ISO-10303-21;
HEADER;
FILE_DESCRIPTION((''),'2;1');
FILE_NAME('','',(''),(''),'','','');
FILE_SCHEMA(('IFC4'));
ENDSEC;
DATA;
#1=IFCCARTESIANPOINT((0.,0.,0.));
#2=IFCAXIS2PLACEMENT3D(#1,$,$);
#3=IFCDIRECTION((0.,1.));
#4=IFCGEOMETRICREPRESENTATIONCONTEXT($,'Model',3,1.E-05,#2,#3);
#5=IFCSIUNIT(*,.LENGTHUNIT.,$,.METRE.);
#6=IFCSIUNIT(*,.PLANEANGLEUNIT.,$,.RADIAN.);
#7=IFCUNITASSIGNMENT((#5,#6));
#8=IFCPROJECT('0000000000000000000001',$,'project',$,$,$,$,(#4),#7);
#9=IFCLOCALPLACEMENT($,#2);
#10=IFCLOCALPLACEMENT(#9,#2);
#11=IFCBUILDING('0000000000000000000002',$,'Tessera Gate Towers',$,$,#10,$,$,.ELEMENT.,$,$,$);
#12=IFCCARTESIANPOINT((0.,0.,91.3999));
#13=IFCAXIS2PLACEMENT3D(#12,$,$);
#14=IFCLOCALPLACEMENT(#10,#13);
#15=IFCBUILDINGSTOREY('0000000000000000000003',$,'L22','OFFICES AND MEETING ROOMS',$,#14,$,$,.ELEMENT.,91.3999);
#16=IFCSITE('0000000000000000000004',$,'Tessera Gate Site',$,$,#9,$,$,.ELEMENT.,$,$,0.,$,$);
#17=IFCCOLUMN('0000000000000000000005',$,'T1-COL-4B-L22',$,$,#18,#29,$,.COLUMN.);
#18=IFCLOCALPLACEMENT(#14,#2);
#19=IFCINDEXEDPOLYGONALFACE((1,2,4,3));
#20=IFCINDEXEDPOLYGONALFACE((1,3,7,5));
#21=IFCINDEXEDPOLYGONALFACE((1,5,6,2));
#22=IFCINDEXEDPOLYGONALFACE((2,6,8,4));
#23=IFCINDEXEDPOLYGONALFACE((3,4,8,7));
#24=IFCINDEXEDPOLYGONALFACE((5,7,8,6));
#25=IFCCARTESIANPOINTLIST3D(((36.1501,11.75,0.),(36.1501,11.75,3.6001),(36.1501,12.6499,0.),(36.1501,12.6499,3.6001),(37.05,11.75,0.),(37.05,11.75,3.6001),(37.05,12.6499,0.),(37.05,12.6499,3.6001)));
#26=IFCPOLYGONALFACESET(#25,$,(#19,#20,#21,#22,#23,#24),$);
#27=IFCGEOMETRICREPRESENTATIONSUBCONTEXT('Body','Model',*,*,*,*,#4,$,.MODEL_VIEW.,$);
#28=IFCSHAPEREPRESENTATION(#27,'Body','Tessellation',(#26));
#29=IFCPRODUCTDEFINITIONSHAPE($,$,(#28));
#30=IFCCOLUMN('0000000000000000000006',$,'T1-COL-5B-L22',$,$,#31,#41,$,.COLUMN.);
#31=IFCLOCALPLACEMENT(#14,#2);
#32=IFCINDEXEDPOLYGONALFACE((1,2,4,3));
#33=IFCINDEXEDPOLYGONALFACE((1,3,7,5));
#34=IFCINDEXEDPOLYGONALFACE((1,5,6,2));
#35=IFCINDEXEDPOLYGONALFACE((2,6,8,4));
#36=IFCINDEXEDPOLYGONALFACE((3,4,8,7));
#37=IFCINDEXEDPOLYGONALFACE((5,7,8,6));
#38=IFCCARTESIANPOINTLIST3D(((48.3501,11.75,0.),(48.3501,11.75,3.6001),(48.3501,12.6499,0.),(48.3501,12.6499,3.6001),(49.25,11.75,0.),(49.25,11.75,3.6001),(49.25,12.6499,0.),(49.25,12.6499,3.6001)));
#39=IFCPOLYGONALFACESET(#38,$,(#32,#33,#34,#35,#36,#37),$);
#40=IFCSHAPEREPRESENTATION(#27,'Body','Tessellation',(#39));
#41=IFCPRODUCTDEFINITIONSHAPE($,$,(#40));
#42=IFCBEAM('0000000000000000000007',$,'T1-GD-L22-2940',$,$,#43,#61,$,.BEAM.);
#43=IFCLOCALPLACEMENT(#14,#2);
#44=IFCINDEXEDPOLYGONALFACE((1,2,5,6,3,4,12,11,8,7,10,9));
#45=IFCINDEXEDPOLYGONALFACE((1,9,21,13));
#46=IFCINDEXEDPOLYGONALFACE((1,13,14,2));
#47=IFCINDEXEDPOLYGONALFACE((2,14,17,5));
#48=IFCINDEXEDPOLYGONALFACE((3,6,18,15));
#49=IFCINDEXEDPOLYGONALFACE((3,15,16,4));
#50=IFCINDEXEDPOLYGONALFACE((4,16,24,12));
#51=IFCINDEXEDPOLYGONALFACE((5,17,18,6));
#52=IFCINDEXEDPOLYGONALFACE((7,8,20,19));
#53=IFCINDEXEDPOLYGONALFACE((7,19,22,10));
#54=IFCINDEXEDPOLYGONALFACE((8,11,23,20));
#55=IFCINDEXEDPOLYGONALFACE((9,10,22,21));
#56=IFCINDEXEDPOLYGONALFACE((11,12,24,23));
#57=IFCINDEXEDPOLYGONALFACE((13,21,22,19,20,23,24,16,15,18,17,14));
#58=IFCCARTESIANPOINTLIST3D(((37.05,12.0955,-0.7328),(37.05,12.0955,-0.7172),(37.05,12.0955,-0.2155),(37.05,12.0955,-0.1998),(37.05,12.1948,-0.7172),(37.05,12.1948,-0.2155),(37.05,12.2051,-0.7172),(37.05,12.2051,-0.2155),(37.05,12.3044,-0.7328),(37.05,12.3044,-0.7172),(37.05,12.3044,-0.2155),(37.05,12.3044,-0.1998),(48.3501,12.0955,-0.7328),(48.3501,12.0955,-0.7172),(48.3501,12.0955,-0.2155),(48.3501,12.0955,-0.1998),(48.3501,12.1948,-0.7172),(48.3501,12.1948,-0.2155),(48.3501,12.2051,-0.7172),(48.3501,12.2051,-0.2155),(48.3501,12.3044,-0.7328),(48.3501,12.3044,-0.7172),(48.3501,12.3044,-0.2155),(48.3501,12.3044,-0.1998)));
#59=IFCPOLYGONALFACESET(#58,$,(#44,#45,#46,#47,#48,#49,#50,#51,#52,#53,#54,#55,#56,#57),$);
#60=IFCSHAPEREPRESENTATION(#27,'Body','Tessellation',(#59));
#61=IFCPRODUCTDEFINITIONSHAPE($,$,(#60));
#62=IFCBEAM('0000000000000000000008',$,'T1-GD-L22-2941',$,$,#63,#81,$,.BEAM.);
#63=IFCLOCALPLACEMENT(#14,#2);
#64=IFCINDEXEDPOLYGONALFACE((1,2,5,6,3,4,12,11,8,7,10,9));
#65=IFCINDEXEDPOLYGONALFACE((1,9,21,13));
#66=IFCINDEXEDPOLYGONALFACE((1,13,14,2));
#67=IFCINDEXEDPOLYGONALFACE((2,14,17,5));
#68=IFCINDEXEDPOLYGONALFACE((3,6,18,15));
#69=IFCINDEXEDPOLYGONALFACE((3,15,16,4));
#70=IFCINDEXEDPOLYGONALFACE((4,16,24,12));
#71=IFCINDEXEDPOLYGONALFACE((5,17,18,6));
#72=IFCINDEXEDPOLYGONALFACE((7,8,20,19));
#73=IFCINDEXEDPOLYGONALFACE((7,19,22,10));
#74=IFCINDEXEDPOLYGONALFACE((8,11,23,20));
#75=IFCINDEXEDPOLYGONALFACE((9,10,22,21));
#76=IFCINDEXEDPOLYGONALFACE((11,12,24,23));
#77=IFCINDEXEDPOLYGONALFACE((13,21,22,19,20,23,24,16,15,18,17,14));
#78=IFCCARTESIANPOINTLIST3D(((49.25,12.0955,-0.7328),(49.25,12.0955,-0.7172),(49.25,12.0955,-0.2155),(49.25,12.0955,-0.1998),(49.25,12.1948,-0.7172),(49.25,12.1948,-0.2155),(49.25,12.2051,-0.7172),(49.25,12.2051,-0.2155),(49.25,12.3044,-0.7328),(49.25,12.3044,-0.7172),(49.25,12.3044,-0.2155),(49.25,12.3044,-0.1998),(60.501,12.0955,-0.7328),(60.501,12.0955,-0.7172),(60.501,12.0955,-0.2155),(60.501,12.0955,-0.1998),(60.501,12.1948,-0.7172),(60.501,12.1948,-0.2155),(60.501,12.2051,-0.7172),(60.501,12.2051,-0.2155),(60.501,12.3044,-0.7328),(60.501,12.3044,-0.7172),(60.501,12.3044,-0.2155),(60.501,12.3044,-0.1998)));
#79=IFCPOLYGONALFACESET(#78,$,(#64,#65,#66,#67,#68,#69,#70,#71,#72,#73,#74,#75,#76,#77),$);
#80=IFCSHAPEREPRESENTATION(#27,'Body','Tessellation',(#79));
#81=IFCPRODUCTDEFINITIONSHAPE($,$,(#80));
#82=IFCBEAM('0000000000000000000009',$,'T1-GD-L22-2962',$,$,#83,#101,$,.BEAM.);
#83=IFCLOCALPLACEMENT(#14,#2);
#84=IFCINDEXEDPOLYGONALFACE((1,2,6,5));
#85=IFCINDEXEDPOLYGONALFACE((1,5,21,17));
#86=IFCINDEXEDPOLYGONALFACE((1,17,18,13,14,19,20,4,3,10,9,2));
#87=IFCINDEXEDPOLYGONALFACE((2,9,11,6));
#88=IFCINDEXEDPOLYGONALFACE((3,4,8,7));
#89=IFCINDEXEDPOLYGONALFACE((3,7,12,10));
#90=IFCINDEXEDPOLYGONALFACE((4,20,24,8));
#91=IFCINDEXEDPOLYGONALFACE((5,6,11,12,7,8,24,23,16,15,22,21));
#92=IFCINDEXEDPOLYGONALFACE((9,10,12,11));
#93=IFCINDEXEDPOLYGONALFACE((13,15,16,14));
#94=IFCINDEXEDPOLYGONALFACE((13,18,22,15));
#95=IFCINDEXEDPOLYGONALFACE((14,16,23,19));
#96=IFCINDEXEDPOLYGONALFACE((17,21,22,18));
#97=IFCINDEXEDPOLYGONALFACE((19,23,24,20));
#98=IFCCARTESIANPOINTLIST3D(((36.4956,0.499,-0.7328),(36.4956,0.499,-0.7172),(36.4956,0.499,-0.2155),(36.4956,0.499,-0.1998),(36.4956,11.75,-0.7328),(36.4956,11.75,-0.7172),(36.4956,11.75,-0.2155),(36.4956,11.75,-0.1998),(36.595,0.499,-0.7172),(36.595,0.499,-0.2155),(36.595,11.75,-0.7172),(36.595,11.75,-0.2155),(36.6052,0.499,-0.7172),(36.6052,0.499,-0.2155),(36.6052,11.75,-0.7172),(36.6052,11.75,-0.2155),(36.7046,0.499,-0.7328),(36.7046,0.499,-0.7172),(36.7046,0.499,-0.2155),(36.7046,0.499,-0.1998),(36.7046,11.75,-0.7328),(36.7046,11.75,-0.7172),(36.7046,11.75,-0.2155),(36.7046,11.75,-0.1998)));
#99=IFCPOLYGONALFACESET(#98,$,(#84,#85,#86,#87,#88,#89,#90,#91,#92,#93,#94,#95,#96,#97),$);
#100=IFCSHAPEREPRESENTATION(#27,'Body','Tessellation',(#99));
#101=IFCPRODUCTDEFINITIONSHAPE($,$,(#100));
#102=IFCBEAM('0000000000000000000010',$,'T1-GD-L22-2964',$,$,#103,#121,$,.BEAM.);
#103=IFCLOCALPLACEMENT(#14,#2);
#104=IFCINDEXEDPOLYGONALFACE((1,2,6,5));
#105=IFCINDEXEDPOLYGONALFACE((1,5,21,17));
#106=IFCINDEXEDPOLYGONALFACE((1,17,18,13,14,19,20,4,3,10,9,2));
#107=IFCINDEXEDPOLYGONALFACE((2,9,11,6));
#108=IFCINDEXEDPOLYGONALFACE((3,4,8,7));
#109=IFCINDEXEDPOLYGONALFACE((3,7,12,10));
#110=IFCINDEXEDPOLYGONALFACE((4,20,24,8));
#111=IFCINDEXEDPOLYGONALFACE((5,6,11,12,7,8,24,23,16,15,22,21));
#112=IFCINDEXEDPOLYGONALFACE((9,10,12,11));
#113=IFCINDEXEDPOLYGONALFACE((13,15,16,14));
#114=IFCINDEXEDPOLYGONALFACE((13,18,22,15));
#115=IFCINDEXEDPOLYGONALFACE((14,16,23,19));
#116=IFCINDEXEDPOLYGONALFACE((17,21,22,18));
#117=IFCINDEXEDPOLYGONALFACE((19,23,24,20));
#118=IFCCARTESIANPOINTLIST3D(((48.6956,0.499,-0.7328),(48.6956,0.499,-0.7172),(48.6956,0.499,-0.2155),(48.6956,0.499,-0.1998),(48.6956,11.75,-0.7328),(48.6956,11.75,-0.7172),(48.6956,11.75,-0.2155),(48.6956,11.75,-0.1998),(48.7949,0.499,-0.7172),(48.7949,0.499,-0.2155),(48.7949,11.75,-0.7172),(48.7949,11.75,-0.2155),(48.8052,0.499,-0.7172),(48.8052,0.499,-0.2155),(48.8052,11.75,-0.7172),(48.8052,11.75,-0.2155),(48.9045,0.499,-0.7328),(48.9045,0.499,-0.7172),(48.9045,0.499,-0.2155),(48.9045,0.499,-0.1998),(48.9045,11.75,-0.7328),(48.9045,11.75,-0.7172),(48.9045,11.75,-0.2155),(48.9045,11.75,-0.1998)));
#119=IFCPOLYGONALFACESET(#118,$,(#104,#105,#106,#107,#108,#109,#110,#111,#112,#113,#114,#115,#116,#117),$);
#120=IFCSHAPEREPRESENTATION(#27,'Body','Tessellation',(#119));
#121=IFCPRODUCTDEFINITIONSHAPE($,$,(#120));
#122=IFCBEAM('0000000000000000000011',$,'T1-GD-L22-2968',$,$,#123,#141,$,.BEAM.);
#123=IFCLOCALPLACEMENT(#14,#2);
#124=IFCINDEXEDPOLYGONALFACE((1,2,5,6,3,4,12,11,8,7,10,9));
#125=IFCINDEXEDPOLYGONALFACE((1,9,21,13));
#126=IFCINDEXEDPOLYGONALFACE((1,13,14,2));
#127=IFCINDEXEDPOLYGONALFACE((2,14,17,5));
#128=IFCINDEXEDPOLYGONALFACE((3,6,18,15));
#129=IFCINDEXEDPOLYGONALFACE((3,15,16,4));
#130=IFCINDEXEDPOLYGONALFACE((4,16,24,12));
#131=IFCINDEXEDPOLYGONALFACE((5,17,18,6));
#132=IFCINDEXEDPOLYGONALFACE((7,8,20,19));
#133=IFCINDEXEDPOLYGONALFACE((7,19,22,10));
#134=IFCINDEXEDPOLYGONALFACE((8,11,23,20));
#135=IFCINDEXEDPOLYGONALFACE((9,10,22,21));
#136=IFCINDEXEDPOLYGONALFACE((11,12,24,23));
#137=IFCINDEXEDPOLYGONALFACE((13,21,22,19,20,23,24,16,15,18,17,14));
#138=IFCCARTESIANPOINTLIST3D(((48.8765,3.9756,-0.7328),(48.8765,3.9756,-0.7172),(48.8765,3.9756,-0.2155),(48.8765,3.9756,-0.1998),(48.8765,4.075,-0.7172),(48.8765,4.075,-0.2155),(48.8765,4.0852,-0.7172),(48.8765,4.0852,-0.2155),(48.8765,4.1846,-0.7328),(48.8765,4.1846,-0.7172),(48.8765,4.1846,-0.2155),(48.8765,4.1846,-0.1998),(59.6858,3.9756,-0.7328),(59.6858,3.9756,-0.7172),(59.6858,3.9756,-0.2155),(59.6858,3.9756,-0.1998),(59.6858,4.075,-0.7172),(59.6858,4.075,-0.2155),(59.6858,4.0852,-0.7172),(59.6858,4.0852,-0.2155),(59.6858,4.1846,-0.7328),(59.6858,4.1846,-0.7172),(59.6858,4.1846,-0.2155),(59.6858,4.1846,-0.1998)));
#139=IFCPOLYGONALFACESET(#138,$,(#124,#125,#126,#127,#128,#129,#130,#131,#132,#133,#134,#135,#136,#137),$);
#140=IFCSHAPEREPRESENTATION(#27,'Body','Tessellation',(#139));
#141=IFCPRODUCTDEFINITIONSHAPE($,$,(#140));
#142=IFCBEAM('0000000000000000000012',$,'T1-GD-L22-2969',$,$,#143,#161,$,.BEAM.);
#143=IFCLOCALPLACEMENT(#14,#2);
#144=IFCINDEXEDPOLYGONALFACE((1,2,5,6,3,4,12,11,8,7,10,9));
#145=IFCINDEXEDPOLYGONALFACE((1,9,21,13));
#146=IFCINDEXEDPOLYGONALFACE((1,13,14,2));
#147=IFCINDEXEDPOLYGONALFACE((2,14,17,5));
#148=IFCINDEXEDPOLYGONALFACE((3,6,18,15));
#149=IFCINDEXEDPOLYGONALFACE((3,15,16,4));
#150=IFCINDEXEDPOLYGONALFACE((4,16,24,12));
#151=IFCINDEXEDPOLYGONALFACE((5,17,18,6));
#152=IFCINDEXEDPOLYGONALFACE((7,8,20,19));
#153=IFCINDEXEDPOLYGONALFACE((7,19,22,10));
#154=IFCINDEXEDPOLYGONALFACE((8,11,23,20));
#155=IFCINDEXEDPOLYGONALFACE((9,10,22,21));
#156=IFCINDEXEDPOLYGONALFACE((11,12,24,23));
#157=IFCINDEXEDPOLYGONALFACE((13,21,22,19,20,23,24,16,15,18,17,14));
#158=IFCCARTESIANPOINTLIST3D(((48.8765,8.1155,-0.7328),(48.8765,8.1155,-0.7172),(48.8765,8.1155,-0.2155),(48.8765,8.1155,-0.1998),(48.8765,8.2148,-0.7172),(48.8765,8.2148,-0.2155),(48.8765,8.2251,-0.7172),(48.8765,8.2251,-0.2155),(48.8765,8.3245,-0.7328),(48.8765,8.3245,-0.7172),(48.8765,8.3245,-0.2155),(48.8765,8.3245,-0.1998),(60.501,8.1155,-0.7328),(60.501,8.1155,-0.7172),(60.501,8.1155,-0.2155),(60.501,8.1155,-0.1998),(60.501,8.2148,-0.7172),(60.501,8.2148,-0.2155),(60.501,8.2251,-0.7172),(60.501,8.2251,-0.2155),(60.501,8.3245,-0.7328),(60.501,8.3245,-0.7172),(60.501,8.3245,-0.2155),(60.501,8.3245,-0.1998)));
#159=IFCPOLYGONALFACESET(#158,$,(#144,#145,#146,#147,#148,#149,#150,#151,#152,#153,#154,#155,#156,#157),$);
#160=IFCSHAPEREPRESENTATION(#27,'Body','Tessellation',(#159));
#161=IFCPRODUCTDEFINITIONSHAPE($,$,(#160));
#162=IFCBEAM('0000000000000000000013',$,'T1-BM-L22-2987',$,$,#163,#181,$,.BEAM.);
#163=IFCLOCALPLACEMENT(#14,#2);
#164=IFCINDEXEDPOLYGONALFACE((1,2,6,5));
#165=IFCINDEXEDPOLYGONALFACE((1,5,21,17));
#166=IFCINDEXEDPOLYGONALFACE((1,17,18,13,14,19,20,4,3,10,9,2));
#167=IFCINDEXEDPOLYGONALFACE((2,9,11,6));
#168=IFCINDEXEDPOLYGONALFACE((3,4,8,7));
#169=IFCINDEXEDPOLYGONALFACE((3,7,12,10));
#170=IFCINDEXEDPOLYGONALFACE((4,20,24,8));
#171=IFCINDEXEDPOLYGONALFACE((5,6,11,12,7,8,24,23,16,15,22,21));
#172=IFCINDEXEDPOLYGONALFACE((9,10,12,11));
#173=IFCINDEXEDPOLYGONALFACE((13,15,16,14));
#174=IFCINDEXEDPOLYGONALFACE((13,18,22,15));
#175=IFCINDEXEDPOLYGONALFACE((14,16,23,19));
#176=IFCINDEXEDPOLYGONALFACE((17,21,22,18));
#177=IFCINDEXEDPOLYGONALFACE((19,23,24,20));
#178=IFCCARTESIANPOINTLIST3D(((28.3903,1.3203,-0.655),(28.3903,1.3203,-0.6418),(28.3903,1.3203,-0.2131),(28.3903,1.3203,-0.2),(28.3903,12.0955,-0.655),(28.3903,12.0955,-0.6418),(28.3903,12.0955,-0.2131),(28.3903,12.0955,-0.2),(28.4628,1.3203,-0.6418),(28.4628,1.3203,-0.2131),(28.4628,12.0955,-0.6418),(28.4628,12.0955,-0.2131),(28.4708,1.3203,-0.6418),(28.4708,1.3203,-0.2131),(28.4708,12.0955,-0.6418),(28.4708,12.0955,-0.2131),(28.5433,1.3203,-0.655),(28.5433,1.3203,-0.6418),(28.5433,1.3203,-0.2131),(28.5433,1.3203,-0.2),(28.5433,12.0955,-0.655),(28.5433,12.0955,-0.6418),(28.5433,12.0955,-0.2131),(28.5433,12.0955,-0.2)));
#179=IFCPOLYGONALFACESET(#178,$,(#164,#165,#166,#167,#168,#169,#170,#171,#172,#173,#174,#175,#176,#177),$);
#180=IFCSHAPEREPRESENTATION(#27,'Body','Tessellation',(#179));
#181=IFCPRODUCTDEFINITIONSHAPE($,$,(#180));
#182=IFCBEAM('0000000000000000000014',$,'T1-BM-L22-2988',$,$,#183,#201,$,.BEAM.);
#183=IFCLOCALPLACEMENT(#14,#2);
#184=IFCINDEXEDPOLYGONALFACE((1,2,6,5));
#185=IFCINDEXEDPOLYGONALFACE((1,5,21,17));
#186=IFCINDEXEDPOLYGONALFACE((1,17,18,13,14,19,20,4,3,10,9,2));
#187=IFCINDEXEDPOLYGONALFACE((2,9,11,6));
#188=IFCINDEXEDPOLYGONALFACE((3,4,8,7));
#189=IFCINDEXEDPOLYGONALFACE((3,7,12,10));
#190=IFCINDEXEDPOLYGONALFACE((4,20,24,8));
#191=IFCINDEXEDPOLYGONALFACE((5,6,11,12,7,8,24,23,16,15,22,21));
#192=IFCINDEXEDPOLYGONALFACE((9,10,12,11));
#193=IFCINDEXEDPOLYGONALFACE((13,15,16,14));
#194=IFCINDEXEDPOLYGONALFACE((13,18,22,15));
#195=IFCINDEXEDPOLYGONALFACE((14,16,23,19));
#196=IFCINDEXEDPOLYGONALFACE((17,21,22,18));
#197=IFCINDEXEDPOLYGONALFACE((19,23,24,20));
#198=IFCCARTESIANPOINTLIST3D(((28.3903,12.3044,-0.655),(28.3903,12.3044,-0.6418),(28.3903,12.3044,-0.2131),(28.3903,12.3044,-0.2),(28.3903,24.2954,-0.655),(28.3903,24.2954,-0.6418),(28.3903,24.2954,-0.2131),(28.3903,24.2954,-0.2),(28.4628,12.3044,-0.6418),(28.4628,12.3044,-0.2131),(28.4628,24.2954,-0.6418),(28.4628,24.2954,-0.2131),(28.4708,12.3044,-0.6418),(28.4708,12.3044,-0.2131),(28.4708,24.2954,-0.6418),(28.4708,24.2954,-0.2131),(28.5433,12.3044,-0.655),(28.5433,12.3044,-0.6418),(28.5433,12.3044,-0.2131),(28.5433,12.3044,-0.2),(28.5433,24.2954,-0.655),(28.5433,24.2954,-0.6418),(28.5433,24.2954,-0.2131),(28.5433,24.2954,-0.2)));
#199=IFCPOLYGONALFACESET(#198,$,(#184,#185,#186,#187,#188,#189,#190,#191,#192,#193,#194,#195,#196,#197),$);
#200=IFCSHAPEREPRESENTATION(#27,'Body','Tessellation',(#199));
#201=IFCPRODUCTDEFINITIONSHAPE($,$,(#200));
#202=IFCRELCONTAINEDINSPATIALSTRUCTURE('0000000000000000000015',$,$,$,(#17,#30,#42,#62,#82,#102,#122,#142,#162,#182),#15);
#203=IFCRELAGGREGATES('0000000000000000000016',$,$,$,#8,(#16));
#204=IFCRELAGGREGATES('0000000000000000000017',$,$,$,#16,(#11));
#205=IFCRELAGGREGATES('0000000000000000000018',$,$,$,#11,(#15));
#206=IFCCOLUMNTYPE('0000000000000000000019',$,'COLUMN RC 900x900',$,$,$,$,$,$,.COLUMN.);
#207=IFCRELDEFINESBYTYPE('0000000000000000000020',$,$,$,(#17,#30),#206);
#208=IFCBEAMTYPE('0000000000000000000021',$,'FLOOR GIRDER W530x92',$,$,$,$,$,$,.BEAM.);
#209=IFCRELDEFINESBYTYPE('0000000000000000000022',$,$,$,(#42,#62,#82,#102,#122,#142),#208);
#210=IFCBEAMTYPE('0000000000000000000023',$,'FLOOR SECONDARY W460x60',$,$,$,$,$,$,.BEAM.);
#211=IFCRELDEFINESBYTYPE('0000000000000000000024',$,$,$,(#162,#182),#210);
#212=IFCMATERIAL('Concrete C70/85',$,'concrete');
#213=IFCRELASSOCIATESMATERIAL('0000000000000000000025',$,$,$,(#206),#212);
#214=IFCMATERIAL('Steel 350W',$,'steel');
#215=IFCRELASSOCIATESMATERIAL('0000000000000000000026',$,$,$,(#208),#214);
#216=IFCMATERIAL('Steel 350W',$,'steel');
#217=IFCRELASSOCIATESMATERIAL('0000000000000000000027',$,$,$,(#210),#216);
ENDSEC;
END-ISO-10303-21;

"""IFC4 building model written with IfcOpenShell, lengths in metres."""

from ifc_helpers import new_model, si_unit, direction, frame, origin, origin_2d, place, context, subcontext, project, spatial, rectangle, i_section, extrude, material, material_profile, profile_set, type_object, element, save


model = new_model("IFC4")

# Units and contexts
model_context = context("Model", 3, precision=1e-05, world=origin(), true_north=direction((0.0, 1.0)))
body_context = subcontext(model_context, "Body", "Model", "MODEL_VIEW")
ifc_project = project(units=[si_unit("LENGTHUNIT", "METRE"), si_unit("PLANEANGLEUNIT", "RADIAN")], contexts=[model_context])

# Site, building, storey
site_placement = place(None, origin())
site = spatial("IfcSite", under=ifc_project, at=site_placement, Name="Tessera Gate Site", CompositionType="ELEMENT", RefElevation=0.0)
building_placement = place(site_placement, origin())
building = spatial("IfcBuilding", under=site, at=building_placement, Name="Tessera Gate Towers", CompositionType="ELEMENT")
storey_placement = place(building_placement, frame((0.0, 0.0, 91.3999)))
storey = spatial("IfcBuildingStorey", under=building, at=storey_placement, Name="L22", Description="OFFICES AND MEETING ROOMS", CompositionType="ELEMENT", Elevation=91.3999)

# Columns
ifc_material_1 = material(Name="Concrete C70/85", Category="concrete")
ifc_material_profile_1 = material_profile(ifc_material_1, rectangle(XDim=0.8999, YDim=0.8999, at=origin_2d()), Name="RC 900x900")
ifc_profile_set_1 = profile_set([ifc_material_profile_1], Name="Concrete C70/85")
column_type = type_object("IfcColumnType", Name="COLUMN RC 900x900", PredefinedType="COLUMN", material=ifc_profile_set_1)
for number, where, z_axis, x_axis, name in (
    (1, (36.6001, 12.2, 0.0), (0.0, 0.0, 1.0), (1.0, 0.0, 0.0), "T1-COL-4B-L22"),
    (2, (48.8, 12.2, 0.0), (0.0, 0.0, 1.0), (1.0, 0.0, 0.0), "T1-COL-5B-L22"),
):
    element("IfcColumn", number, at=place(storey_placement, frame(where, z_axis=z_axis, x_axis=x_axis)), inside=storey, type_object=column_type, Name=name, PredefinedType="COLUMN", context=body_context, shape_type="SweptSolid", body=[
        extrude(rectangle(XDim=0.8999, YDim=0.8999, at=origin_2d()), origin(), (0.0, 0.0, 1.0), 3.6001),
    ])

# Beams
ifc_material_2 = material(Name="Steel 350W", Category="steel")
ifc_material_profile_2 = material_profile(ifc_material_2, i_section(OverallWidth=0.209, OverallDepth=0.533, WebThickness=0.0103, FlangeThickness=0.0156, at=origin_2d()), Name="W530x92")
ifc_profile_set_2 = profile_set([ifc_material_profile_2], Name="Steel 350W")
beam_type_1 = type_object("IfcBeamType", Name="FLOOR GIRDER W530x92", PredefinedType="BEAM", material=ifc_profile_set_2)
beam_1_placement = place(storey_placement, frame((37.05, 12.2, -0.4663), z_axis=(1.0, 0.0, 0.0), x_axis=(0.0, 1.0, 0.0)))
element("IfcBeam", 3, at=beam_1_placement, inside=storey, type_object=beam_type_1, Name="T1-GD-L22-2940", PredefinedType="BEAM", context=body_context, shape_type="SweptSolid", body=[
    extrude(i_section(OverallWidth=0.209, OverallDepth=0.533, WebThickness=0.0103, FlangeThickness=0.0156, at=origin_2d()), origin(), (0.0, 0.0, 1.0), 11.3),
])
for number, where, z_axis, x_axis, name in (
    (4, (49.25, 12.2, -0.4663), (1.0, 0.0, 0.0), (0.0, 1.0, 0.0), "T1-GD-L22-2941"),
    (5, (36.6001, 0.499, -0.4663), (0.0, 1.0, 0.0), (-1.0, 0.0, 0.0), "T1-GD-L22-2962"),
    (6, (48.8, 0.499, -0.4663), (0.0, 1.0, 0.0), (-1.0, 0.0, 0.0), "T1-GD-L22-2964"),
):
    element("IfcBeam", number, at=place(storey_placement, frame(where, z_axis=z_axis, x_axis=x_axis)), inside=storey, type_object=beam_type_1, Name=name, PredefinedType="BEAM", context=body_context, shape_type="SweptSolid", body=[
        extrude(i_section(OverallWidth=0.209, OverallDepth=0.533, WebThickness=0.0103, FlangeThickness=0.0156, at=origin_2d()), origin(), (0.0, 0.0, 1.0), 11.251),
    ])
beam_2_placement = place(storey_placement, frame((48.8765, 4.0801, -0.4663), z_axis=(1.0, 0.0, 0.0), x_axis=(0.0, 1.0, 0.0)))
element("IfcBeam", 7, at=beam_2_placement, inside=storey, type_object=beam_type_1, Name="T1-GD-L22-2968", PredefinedType="BEAM", context=body_context, shape_type="SweptSolid", body=[
    extrude(i_section(OverallWidth=0.209, OverallDepth=0.533, WebThickness=0.0103, FlangeThickness=0.0156, at=origin_2d()), origin(), (0.0, 0.0, 1.0), 10.8093),
])
beam_3_placement = place(storey_placement, frame((48.8765, 8.22, -0.4663), z_axis=(1.0, 0.0, 0.0), x_axis=(0.0, 1.0, 0.0)))
element("IfcBeam", 8, at=beam_3_placement, inside=storey, type_object=beam_type_1, Name="T1-GD-L22-2969", PredefinedType="BEAM", context=body_context, shape_type="SweptSolid", body=[
    extrude(i_section(OverallWidth=0.209, OverallDepth=0.533, WebThickness=0.0103, FlangeThickness=0.0156, at=origin_2d()), origin(), (0.0, 0.0, 1.0), 11.6245),
])
ifc_material_3 = material(Name="Steel 350W", Category="steel")
ifc_material_profile_3 = material_profile(ifc_material_3, i_section(OverallWidth=0.1531, OverallDepth=0.4551, WebThickness=0.0081, FlangeThickness=0.0132, at=origin_2d()), Name="W460x60")
ifc_profile_set_3 = profile_set([ifc_material_profile_3], Name="Steel 350W")
beam_type_2 = type_object("IfcBeamType", Name="FLOOR SECONDARY W460x60", PredefinedType="BEAM", material=ifc_profile_set_3)
beam_4_placement = place(storey_placement, frame((28.4668, 1.3203, -0.4275), z_axis=(0.0, 1.0, 0.0), x_axis=(-1.0, 0.0, 0.0)))
element("IfcBeam", 9, at=beam_4_placement, inside=storey, type_object=beam_type_2, Name="T1-BM-L22-2987", PredefinedType="BEAM", context=body_context, shape_type="SweptSolid", body=[
    extrude(i_section(OverallWidth=0.1531, OverallDepth=0.4551, WebThickness=0.0081, FlangeThickness=0.0132, at=origin_2d()), origin(), (0.0, 0.0, 1.0), 10.7751),
])
beam_5_placement = place(storey_placement, frame((28.4668, 12.3044, -0.4275), z_axis=(0.0, 1.0, 0.0), x_axis=(-1.0, 0.0, 0.0)))
element("IfcBeam", 10, at=beam_5_placement, inside=storey, type_object=beam_type_2, Name="T1-BM-L22-2988", PredefinedType="BEAM", context=body_context, shape_type="SweptSolid", body=[
    extrude(i_section(OverallWidth=0.1531, OverallDepth=0.4551, WebThickness=0.0081, FlangeThickness=0.0132, at=origin_2d()), origin(), (0.0, 0.0, 1.0), 11.991),
])

save(model, "model.ifc")
